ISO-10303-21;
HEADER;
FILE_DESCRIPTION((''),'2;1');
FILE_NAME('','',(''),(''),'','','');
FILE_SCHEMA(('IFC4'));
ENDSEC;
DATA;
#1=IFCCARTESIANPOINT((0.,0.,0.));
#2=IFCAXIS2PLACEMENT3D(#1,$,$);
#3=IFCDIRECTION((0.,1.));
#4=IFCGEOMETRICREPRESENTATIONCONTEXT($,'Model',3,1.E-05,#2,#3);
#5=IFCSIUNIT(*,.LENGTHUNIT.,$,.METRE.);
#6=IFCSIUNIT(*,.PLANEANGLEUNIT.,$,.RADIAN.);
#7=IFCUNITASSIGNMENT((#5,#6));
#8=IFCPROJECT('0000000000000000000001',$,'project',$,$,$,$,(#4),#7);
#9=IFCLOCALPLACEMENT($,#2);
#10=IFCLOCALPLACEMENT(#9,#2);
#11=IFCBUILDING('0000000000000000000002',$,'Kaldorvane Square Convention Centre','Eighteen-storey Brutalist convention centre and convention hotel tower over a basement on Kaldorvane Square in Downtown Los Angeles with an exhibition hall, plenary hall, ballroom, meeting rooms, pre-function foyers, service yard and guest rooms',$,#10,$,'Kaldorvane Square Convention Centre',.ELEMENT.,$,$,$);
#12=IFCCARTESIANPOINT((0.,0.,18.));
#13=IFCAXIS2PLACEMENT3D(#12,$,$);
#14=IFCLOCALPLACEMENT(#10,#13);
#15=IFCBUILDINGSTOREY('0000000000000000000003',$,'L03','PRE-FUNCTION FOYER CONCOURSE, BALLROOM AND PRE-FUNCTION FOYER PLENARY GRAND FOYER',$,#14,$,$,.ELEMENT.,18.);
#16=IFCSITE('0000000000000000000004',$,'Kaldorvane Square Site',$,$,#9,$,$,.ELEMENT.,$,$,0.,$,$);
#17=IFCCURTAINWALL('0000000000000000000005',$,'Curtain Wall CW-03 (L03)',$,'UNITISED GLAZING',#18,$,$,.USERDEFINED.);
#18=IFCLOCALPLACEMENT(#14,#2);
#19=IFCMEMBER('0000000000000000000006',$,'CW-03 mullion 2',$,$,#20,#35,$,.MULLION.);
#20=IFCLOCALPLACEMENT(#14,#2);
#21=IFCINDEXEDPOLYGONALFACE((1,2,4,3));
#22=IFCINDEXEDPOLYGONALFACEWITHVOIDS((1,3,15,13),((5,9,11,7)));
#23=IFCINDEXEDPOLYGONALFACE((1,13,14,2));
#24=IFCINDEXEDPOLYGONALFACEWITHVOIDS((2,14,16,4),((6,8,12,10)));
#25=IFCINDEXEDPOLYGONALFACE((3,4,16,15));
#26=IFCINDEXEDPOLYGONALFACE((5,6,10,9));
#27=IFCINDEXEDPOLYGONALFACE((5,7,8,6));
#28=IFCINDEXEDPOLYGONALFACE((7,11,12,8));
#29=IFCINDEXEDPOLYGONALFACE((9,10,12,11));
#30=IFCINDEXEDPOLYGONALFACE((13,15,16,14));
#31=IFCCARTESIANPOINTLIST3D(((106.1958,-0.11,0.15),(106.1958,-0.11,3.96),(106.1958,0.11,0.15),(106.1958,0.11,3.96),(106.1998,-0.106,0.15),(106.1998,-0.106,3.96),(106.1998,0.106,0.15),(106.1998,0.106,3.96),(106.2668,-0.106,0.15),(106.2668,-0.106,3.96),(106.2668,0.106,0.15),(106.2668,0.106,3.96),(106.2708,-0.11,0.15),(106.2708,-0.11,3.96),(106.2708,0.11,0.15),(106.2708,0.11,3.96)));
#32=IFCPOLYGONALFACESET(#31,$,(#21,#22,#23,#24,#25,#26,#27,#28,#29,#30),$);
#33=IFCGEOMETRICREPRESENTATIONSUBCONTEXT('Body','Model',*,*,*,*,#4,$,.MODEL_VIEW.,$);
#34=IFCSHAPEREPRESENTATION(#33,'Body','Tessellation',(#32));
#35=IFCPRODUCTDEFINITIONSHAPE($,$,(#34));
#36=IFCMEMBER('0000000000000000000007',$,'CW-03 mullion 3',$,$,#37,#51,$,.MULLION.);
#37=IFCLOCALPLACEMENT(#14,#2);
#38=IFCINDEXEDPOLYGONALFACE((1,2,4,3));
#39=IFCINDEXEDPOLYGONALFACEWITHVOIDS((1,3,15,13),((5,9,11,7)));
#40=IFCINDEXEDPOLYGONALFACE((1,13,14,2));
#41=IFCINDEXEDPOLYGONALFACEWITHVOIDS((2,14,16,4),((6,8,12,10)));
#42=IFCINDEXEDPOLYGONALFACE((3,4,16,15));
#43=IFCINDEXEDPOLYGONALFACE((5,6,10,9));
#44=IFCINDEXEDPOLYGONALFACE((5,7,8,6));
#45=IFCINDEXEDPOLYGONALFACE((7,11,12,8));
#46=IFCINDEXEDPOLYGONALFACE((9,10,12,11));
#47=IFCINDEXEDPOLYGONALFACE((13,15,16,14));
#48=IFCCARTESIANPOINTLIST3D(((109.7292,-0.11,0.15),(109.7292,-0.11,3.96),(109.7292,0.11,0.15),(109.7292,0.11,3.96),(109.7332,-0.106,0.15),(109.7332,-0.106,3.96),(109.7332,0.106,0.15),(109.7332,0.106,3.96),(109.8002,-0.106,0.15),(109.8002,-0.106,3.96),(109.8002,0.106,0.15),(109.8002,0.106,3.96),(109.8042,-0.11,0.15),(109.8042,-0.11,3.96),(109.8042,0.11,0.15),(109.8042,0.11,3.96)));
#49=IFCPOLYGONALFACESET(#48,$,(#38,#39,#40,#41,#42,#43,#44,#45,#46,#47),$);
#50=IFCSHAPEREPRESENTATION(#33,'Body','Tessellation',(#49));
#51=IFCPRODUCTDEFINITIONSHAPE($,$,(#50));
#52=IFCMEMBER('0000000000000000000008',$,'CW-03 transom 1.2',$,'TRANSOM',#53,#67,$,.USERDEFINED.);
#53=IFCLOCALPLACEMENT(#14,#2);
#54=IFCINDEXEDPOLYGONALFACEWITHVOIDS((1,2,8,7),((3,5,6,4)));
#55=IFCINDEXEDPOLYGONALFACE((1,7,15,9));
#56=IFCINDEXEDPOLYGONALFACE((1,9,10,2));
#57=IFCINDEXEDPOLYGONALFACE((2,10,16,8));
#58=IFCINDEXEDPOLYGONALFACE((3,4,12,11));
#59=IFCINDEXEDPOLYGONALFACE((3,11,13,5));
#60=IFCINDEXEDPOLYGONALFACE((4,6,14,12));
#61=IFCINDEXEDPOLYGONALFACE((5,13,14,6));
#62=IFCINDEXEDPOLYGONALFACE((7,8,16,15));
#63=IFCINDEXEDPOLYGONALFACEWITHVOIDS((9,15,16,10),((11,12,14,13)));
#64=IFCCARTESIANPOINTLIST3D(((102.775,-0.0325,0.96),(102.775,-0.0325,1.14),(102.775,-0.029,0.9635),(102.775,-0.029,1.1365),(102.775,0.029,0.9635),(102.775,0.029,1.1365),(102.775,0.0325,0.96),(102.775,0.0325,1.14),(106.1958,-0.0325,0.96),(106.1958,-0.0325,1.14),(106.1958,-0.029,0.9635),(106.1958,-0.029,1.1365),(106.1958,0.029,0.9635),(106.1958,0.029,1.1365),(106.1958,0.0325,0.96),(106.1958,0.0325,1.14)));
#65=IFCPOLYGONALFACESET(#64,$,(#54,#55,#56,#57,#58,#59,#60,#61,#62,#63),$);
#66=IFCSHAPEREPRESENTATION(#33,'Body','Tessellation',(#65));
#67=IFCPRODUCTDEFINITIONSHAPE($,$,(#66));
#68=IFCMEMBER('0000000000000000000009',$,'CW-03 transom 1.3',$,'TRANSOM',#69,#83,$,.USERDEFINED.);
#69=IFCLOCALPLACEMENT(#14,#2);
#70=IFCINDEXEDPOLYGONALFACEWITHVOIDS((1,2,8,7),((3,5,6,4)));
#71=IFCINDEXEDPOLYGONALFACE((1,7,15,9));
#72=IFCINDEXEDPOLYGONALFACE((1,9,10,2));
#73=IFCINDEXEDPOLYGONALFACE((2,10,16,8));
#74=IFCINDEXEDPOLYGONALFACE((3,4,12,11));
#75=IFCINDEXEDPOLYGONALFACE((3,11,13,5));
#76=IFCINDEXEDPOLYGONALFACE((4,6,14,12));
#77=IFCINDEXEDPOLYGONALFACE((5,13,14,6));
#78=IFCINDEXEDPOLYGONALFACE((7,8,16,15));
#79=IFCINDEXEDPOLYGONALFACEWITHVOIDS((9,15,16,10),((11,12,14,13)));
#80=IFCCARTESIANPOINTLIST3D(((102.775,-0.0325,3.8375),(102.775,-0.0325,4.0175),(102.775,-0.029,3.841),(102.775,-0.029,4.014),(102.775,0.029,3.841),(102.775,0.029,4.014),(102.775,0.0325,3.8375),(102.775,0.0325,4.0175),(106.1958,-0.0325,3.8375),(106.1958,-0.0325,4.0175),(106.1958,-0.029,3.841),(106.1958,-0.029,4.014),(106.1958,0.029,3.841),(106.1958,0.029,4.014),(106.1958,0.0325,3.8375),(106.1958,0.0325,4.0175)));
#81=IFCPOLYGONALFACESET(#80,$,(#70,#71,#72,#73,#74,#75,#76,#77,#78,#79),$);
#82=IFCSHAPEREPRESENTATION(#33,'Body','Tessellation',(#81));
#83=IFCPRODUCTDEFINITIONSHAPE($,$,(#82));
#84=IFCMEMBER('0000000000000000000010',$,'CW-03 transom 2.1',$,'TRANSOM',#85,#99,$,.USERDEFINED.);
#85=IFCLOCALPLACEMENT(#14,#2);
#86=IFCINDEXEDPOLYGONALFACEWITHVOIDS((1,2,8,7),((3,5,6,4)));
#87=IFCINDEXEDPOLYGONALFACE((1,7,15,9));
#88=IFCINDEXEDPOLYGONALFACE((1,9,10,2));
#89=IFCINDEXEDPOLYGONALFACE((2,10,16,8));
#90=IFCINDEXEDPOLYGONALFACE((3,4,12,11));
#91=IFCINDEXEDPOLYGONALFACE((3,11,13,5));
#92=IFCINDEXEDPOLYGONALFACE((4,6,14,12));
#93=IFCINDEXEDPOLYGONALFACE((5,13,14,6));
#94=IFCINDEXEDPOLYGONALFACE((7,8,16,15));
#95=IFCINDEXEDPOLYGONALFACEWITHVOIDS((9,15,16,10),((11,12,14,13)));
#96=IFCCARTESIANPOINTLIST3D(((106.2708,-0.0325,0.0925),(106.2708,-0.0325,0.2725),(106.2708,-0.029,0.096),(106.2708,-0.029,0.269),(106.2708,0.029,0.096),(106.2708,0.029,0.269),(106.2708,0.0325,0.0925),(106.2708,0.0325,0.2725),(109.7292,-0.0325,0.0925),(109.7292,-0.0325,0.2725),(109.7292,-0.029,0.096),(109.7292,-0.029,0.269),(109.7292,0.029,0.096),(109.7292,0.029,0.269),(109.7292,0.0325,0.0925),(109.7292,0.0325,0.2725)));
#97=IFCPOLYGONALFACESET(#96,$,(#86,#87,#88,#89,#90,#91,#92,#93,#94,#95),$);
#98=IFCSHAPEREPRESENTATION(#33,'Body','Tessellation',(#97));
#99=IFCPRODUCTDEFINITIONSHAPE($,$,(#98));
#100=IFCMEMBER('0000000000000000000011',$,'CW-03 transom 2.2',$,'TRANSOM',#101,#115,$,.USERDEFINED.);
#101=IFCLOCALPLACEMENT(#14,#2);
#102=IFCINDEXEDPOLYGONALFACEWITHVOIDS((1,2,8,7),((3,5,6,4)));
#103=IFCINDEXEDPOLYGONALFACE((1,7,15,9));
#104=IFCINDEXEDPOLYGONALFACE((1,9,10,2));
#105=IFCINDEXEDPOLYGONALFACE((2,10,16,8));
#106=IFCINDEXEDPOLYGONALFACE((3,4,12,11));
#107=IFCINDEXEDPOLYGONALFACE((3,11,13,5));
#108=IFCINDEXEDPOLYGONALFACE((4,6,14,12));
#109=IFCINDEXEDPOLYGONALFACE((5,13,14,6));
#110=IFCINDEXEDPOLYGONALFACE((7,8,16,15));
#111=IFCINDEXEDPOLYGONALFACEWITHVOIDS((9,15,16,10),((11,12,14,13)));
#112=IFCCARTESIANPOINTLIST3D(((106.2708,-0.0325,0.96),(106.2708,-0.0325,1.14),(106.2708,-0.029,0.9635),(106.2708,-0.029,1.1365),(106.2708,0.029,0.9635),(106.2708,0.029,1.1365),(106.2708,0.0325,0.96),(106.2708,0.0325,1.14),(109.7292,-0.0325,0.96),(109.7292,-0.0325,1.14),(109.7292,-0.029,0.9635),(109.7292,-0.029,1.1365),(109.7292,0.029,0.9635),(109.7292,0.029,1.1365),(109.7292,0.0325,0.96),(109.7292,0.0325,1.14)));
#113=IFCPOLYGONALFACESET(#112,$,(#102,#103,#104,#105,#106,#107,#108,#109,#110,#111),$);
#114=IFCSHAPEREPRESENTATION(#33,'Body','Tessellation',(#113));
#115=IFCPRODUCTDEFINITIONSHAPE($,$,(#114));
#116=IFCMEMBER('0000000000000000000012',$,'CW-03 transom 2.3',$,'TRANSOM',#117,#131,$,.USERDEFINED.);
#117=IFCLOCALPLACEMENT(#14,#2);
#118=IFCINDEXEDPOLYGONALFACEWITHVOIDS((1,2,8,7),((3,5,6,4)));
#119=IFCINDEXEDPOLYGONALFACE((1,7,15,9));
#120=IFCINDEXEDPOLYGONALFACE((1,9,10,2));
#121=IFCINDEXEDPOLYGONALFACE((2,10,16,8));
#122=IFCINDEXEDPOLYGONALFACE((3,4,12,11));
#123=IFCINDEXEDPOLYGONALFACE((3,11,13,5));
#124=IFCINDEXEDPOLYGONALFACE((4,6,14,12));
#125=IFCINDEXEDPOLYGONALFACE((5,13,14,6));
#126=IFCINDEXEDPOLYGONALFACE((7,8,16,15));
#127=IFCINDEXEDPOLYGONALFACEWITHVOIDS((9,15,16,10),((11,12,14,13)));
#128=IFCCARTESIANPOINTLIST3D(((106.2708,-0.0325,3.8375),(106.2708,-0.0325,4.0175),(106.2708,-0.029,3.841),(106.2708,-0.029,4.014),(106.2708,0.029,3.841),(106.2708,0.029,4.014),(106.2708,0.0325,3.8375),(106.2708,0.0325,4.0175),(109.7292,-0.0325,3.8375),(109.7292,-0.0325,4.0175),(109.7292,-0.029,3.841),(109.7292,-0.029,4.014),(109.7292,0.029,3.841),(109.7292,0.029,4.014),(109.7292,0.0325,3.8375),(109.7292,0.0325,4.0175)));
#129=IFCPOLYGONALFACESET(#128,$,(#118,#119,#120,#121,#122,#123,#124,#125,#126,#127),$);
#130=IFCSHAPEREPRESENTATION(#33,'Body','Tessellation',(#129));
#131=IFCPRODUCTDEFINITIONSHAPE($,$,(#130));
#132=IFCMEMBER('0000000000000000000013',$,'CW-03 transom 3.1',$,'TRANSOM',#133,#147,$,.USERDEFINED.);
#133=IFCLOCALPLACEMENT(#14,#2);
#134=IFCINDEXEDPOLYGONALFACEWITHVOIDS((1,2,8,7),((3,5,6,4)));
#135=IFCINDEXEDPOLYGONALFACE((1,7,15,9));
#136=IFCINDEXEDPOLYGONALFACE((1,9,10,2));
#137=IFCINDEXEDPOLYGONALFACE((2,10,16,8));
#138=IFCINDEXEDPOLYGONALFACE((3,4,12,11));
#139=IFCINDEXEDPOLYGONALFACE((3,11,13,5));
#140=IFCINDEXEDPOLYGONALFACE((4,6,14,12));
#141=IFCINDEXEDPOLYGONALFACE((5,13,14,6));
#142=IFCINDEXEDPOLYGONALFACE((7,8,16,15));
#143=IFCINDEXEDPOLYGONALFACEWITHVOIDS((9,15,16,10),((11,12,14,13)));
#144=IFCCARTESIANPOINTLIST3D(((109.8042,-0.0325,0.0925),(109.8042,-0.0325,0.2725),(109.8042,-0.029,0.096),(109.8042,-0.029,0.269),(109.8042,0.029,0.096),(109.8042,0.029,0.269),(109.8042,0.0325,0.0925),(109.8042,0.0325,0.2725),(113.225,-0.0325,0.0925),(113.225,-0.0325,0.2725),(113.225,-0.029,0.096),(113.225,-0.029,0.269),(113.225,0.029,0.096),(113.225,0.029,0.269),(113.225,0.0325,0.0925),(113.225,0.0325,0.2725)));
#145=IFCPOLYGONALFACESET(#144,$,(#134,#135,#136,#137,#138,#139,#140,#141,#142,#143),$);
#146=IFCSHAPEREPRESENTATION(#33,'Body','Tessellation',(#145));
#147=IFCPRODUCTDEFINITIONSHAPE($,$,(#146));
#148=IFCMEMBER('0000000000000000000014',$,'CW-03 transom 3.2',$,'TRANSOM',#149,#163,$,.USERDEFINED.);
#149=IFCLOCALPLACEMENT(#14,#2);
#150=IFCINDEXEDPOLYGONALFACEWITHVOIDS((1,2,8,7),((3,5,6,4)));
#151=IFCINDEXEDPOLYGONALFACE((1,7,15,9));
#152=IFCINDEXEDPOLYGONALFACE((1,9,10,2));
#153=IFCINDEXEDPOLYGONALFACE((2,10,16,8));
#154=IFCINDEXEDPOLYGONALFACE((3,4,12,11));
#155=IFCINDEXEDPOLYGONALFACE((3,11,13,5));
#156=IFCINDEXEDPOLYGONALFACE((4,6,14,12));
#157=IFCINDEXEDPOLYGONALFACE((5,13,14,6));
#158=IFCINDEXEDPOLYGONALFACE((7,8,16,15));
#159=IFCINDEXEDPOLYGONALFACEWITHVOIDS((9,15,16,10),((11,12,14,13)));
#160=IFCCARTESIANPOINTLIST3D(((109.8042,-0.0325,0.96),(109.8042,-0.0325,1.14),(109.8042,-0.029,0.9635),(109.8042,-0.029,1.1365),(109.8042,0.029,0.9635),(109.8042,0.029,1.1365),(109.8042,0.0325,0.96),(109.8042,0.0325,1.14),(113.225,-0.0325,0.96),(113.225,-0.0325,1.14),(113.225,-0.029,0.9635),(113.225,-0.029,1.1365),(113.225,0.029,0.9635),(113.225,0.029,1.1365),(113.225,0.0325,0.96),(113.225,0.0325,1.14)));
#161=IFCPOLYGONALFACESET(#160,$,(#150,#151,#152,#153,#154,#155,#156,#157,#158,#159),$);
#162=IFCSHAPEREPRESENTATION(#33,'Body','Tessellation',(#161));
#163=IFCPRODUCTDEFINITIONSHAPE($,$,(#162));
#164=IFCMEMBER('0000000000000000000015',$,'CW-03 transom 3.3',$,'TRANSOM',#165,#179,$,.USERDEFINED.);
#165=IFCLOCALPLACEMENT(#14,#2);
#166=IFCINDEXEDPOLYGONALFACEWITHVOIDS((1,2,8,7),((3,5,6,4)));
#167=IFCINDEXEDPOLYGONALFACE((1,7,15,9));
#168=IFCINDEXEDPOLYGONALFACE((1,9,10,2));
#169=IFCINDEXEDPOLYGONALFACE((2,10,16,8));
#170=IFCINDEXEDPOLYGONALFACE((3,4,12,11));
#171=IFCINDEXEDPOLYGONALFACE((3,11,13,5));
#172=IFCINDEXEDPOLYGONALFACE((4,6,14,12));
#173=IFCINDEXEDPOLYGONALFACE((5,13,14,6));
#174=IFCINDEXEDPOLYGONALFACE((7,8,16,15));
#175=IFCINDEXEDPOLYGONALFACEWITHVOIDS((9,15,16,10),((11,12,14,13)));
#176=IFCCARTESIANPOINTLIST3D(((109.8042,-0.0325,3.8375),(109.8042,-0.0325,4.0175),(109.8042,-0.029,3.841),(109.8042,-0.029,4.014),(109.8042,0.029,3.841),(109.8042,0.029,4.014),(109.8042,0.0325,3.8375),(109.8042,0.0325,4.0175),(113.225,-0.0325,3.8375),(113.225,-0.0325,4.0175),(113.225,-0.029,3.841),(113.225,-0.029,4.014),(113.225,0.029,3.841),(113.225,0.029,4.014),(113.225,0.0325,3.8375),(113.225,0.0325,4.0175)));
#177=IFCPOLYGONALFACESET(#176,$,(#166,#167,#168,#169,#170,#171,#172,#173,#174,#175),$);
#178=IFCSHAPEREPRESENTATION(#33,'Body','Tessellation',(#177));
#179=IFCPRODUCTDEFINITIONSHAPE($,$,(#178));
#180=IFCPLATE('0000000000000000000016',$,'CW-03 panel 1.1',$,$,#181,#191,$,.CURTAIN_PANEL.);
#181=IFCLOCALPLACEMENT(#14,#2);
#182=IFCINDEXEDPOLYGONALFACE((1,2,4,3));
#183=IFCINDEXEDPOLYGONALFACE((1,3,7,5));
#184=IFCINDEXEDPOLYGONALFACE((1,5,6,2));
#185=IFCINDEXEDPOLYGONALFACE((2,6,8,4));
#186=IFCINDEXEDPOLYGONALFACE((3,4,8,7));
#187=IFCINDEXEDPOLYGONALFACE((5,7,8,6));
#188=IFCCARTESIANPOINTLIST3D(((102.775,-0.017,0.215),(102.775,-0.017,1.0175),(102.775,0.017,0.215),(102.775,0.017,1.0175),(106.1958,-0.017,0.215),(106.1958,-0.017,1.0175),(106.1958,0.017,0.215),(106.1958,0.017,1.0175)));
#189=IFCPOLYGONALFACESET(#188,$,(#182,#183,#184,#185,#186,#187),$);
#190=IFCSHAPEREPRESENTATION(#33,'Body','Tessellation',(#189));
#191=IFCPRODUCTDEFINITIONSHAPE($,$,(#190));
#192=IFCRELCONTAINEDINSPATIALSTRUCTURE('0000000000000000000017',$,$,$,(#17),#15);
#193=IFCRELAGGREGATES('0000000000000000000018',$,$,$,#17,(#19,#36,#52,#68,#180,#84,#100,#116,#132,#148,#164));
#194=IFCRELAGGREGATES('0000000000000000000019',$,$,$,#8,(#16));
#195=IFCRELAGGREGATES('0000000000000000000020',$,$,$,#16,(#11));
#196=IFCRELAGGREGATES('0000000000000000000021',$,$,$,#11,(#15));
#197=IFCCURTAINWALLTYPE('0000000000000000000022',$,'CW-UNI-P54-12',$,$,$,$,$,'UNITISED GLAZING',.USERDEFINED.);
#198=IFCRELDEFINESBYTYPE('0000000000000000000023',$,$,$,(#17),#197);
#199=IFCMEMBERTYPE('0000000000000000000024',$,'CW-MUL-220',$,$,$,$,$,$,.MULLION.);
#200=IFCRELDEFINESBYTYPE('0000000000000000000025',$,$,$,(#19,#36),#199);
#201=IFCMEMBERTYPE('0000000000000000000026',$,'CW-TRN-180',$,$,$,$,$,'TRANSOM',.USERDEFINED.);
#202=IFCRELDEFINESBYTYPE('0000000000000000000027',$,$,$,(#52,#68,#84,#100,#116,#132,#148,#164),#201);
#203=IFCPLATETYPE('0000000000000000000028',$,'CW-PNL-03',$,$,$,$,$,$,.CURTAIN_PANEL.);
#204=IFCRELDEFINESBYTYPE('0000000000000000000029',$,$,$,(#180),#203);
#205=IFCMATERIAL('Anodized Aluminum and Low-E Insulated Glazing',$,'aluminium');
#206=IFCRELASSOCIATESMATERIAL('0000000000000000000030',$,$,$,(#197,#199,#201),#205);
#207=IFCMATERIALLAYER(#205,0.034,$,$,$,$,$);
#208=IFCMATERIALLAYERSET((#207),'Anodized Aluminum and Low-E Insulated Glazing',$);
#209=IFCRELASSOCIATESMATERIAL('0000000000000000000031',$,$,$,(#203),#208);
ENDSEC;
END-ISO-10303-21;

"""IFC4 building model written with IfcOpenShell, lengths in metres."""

from ifc_helpers import new_model, si_unit, direction, frame, origin, origin_2d, place, context, subcontext, project, spatial, rectangle, hollow_rectangle, extrude, material, layer, layer_set, material_profile, profile_set, type_object, element, aggregate, save


model = new_model("IFC4")

# Units and contexts
model_context = context("Model", 3, precision=1e-05, world=origin(), true_north=direction((0.0, 1.0)))
body_context = subcontext(model_context, "Body", "Model", "MODEL_VIEW")
ifc_project = project(units=[si_unit("LENGTHUNIT", "METRE"), si_unit("PLANEANGLEUNIT", "RADIAN")], contexts=[model_context])

# Site, building, storey
site_placement = place(None, origin())
site = spatial("IfcSite", under=ifc_project, at=site_placement, Name="Kaldorvane Square Site", CompositionType="ELEMENT", RefElevation=0.0)
building_placement = place(site_placement, origin())
building = spatial("IfcBuilding", under=site, at=building_placement, Name="Kaldorvane Square Convention Centre", Description="Eighteen-storey Brutalist convention centre and convention hotel tower over a basement on Kaldorvane Square in Downtown Los Angeles with an exhibition hall, plenary hall, ballroom, meeting rooms, pre-function foyers, service yard and guest rooms", LongName="Kaldorvane Square Convention Centre", CompositionType="ELEMENT")
storey_placement = place(building_placement, frame((0.0, 0.0, 18.0)))
storey = spatial("IfcBuildingStorey", under=building, at=storey_placement, Name="L03", Description="PRE-FUNCTION FOYER CONCOURSE, BALLROOM AND PRE-FUNCTION FOYER PLENARY GRAND FOYER", CompositionType="ELEMENT", Elevation=18.0)

# Curtain wall, members, plate
ifc_material_1 = material(Name="Anodized Aluminum and Low-E Insulated Glazing", Category="aluminium")
curtain_wall_type = type_object("IfcCurtainWallType", Name="CW-UNI-P54-12", ElementType="UNITISED GLAZING", PredefinedType="USERDEFINED", material=ifc_material_1)
curtain_wall_placement = place(storey_placement, origin())
curtain_wall = element("IfcCurtainWall", 1, at=curtain_wall_placement, inside=storey, type_object=curtain_wall_type, Name="Curtain Wall CW-03 (L03)", ObjectType="UNITISED GLAZING", PredefinedType="USERDEFINED")
ifc_material_profile_1 = material_profile(ifc_material_1, hollow_rectangle(XDim=0.075, YDim=0.22, WallThickness=0.004, at=origin_2d()), Name="CWM-220X75")
ifc_profile_set_1 = profile_set([ifc_material_profile_1], Name="Anodized Aluminum and Low-E Insulated Glazing")
member_type_1 = type_object("IfcMemberType", Name="CW-MUL-220", PredefinedType="MULLION", material=ifc_profile_set_1)
member_1_placement = place(storey_placement, frame((106.2333, 0.0, 0.15), z_axis=(0.0, 0.0, 1.0), x_axis=(1.0, 0.0, 0.0)))
member_1 = element("IfcMember", 2, at=member_1_placement, type_object=member_type_1, Name="CW-03 mullion 2", PredefinedType="MULLION", context=body_context, shape_type="SweptSolid", body=[
    extrude(hollow_rectangle(XDim=0.075, YDim=0.22, WallThickness=0.004, at=origin_2d()), origin(), (0.0, 0.0, 1.0), 3.81),
])
member_2_placement = place(storey_placement, frame((109.7667, 0.0, 0.15), z_axis=(0.0, 0.0, 1.0), x_axis=(1.0, 0.0, 0.0)))
member_2 = element("IfcMember", 3, at=member_2_placement, type_object=member_type_1, Name="CW-03 mullion 3", PredefinedType="MULLION", context=body_context, shape_type="SweptSolid", body=[
    extrude(hollow_rectangle(XDim=0.075, YDim=0.22, WallThickness=0.004, at=origin_2d()), origin(), (0.0, 0.0, 1.0), 3.81),
])
ifc_material_profile_2 = material_profile(ifc_material_1, hollow_rectangle(XDim=0.065, YDim=0.18, WallThickness=0.0035, at=origin_2d()), Name="CWT-180X65")
ifc_profile_set_2 = profile_set([ifc_material_profile_2], Name="Anodized Aluminum and Low-E Insulated Glazing")
member_type_2 = type_object("IfcMemberType", Name="CW-TRN-180", ElementType="TRANSOM", PredefinedType="USERDEFINED", material=ifc_profile_set_2)
member_3_placement = place(storey_placement, frame((102.775, 0.0, 1.05), z_axis=(1.0, 0.0, 0.0), x_axis=(0.0, 1.0, 0.0)))
member_3 = element("IfcMember", 4, at=member_3_placement, type_object=member_type_2, Name="CW-03 transom 1.2", ObjectType="TRANSOM", PredefinedType="USERDEFINED", context=body_context, shape_type="SweptSolid", body=[
    extrude(hollow_rectangle(XDim=0.065, YDim=0.18, WallThickness=0.0035, at=origin_2d()), origin(), (0.0, 0.0, 1.0), 3.4208),
])
member_4_placement = place(storey_placement, frame((102.775, 0.0, 3.9275), z_axis=(1.0, 0.0, 0.0), x_axis=(0.0, 1.0, 0.0)))
member_4 = element("IfcMember", 5, at=member_4_placement, type_object=member_type_2, Name="CW-03 transom 1.3", ObjectType="TRANSOM", PredefinedType="USERDEFINED", context=body_context, shape_type="SweptSolid", body=[
    extrude(hollow_rectangle(XDim=0.065, YDim=0.18, WallThickness=0.0035, at=origin_2d()), origin(), (0.0, 0.0, 1.0), 3.4208),
])
member_5_placement = place(storey_placement, frame((106.2708, 0.0, 0.1825), z_axis=(1.0, 0.0, 0.0), x_axis=(0.0, 1.0, 0.0)))
member_5 = element("IfcMember", 6, at=member_5_placement, type_object=member_type_2, Name="CW-03 transom 2.1", ObjectType="TRANSOM", PredefinedType="USERDEFINED", context=body_context, shape_type="SweptSolid", body=[
    extrude(hollow_rectangle(XDim=0.065, YDim=0.18, WallThickness=0.0035, at=origin_2d()), origin(), (0.0, 0.0, 1.0), 3.4583),
])
member_6_placement = place(storey_placement, frame((106.2708, 0.0, 1.05), z_axis=(1.0, 0.0, 0.0), x_axis=(0.0, 1.0, 0.0)))
member_6 = element("IfcMember", 7, at=member_6_placement, type_object=member_type_2, Name="CW-03 transom 2.2", ObjectType="TRANSOM", PredefinedType="USERDEFINED", context=body_context, shape_type="SweptSolid", body=[
    extrude(hollow_rectangle(XDim=0.065, YDim=0.18, WallThickness=0.0035, at=origin_2d()), origin(), (0.0, 0.0, 1.0), 3.4583),
])
member_7_placement = place(storey_placement, frame((106.2708, 0.0, 3.9275), z_axis=(1.0, 0.0, 0.0), x_axis=(0.0, 1.0, 0.0)))
member_7 = element("IfcMember", 8, at=member_7_placement, type_object=member_type_2, Name="CW-03 transom 2.3", ObjectType="TRANSOM", PredefinedType="USERDEFINED", context=body_context, shape_type="SweptSolid", body=[
    extrude(hollow_rectangle(XDim=0.065, YDim=0.18, WallThickness=0.0035, at=origin_2d()), origin(), (0.0, 0.0, 1.0), 3.4583),
])
member_8_placement = place(storey_placement, frame((109.8042, 0.0, 0.1825), z_axis=(1.0, 0.0, 0.0), x_axis=(0.0, 1.0, 0.0)))
member_8 = element("IfcMember", 9, at=member_8_placement, type_object=member_type_2, Name="CW-03 transom 3.1", ObjectType="TRANSOM", PredefinedType="USERDEFINED", context=body_context, shape_type="SweptSolid", body=[
    extrude(hollow_rectangle(XDim=0.065, YDim=0.18, WallThickness=0.0035, at=origin_2d()), origin(), (0.0, 0.0, 1.0), 3.4208),
])
member_9_placement = place(storey_placement, frame((109.8042, 0.0, 1.05), z_axis=(1.0, 0.0, 0.0), x_axis=(0.0, 1.0, 0.0)))
member_9 = element("IfcMember", 10, at=member_9_placement, type_object=member_type_2, Name="CW-03 transom 3.2", ObjectType="TRANSOM", PredefinedType="USERDEFINED", context=body_context, shape_type="SweptSolid", body=[
    extrude(hollow_rectangle(XDim=0.065, YDim=0.18, WallThickness=0.0035, at=origin_2d()), origin(), (0.0, 0.0, 1.0), 3.4208),
])
member_10_placement = place(storey_placement, frame((109.8042, 0.0, 3.9275), z_axis=(1.0, 0.0, 0.0), x_axis=(0.0, 1.0, 0.0)))
member_10 = element("IfcMember", 11, at=member_10_placement, type_object=member_type_2, Name="CW-03 transom 3.3", ObjectType="TRANSOM", PredefinedType="USERDEFINED", context=body_context, shape_type="SweptSolid", body=[
    extrude(hollow_rectangle(XDim=0.065, YDim=0.18, WallThickness=0.0035, at=origin_2d()), origin(), (0.0, 0.0, 1.0), 3.4208),
])
ifc_layer_1 = layer(ifc_material_1, 0.034)
ifc_layer_set_1 = layer_set([ifc_layer_1], Name="Anodized Aluminum and Low-E Insulated Glazing")
plate_type_1 = type_object("IfcPlateType", Name="CW-PNL-03", PredefinedType="CURTAIN_PANEL", material=ifc_layer_set_1)
plate_1_placement = place(storey_placement, frame((104.4854, 0.0, 0.215), z_axis=(0.0, 0.0, 1.0), x_axis=(1.0, 0.0, 0.0)))
plate_1 = element("IfcPlate", 12, at=plate_1_placement, type_object=plate_type_1, Name="CW-03 panel 1.1", PredefinedType="CURTAIN_PANEL", context=body_context, shape_type="SweptSolid", body=[
    extrude(rectangle(XDim=3.4208, YDim=0.034, at=origin_2d()), origin(), (0.0, 0.0, 1.0), 0.8025),
])
aggregate(curtain_wall, [member_1, member_2, member_3, member_4, plate_1, member_5, member_6, member_7, member_8, member_9, member_10])

save(model, "model.ifc")
